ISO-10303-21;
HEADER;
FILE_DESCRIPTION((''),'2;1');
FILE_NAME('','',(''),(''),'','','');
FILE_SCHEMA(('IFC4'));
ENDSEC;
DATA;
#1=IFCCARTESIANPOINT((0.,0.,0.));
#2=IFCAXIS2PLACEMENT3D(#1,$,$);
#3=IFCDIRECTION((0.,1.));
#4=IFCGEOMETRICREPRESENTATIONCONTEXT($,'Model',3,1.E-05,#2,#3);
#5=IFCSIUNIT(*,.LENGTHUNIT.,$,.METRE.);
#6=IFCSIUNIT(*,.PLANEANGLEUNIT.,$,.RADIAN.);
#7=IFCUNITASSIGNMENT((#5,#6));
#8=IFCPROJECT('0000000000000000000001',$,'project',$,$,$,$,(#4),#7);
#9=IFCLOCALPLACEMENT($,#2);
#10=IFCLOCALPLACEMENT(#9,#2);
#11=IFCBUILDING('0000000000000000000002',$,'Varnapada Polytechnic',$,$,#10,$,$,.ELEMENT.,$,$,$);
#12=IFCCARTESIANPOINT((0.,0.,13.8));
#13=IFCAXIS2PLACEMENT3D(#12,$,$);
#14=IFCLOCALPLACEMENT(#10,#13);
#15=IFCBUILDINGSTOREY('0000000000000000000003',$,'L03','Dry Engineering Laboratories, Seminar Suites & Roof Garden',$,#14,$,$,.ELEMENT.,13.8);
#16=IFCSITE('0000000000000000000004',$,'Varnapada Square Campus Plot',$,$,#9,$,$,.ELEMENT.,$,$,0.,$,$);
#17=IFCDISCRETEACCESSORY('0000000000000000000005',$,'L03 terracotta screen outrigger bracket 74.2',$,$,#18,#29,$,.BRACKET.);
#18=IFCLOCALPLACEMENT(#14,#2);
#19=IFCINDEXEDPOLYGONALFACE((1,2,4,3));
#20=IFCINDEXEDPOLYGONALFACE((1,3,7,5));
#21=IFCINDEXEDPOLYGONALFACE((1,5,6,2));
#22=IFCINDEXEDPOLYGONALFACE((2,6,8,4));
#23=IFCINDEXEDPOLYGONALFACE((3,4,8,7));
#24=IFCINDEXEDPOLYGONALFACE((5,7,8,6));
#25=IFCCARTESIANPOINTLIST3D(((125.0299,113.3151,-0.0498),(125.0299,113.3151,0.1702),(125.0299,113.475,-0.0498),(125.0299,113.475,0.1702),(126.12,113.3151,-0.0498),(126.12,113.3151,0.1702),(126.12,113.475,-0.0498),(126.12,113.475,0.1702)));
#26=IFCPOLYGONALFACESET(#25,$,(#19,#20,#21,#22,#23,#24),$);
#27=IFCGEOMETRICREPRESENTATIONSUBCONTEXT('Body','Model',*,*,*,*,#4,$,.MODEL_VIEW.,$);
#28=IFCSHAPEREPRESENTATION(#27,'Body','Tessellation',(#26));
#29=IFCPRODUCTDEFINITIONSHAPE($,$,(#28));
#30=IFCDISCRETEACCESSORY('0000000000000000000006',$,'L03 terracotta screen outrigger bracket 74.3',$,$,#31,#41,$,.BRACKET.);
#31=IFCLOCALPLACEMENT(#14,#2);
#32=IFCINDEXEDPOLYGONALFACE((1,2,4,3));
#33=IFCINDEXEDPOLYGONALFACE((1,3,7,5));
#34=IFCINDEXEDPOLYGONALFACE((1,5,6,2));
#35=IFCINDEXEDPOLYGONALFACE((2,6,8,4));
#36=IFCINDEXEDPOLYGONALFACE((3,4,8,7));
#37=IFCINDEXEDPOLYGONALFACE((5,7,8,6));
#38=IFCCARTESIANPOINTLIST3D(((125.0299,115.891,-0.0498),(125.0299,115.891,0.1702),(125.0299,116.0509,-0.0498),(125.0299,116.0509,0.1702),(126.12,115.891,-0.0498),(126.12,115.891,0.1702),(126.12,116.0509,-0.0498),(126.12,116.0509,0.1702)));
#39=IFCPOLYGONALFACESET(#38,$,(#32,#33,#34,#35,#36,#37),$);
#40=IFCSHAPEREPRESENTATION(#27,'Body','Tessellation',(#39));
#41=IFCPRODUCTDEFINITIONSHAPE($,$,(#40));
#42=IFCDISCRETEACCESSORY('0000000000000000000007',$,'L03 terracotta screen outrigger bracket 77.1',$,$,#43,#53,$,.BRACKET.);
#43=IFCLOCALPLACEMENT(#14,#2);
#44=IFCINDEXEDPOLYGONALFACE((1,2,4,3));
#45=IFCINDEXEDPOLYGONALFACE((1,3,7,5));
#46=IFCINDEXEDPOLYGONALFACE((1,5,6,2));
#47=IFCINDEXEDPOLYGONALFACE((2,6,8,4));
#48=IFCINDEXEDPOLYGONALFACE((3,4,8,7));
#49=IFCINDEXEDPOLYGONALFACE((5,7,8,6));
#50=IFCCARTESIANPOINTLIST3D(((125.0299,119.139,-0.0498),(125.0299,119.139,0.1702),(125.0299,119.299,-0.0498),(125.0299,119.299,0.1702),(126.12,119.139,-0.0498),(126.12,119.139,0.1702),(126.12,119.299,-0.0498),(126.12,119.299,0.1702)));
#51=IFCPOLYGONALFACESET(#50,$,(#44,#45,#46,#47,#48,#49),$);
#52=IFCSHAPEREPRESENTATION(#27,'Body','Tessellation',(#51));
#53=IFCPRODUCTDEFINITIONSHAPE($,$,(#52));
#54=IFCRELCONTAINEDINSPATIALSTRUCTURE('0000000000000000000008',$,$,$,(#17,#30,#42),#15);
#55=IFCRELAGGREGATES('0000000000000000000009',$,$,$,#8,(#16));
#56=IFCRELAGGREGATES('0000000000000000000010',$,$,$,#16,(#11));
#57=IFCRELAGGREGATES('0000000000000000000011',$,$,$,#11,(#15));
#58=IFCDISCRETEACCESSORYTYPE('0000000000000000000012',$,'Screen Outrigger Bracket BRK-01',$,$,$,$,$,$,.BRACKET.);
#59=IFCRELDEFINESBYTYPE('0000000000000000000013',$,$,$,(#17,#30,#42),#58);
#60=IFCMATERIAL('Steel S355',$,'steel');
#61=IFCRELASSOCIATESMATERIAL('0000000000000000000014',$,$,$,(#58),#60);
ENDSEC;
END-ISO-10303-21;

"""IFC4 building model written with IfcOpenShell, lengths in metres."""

from ifc_helpers import new_model, si_unit, direction, frame, origin, origin_2d, place, context, subcontext, project, spatial, rectangle, extrude, material, type_object, element, save


model = new_model("IFC4")

# Units and contexts
model_context = context("Model", 3, precision=1e-05, world=origin(), true_north=direction((0.0, 1.0)))
body_context = subcontext(model_context, "Body", "Model", "MODEL_VIEW")
ifc_project = project(units=[si_unit("LENGTHUNIT", "METRE"), si_unit("PLANEANGLEUNIT", "RADIAN")], contexts=[model_context])

# Site, building, storey
site_placement = place(None, origin())
site = spatial("IfcSite", under=ifc_project, at=site_placement, Name="Varnapada Square Campus Plot", CompositionType="ELEMENT", RefElevation=0.0)
building_placement = place(site_placement, origin())
building = spatial("IfcBuilding", under=site, at=building_placement, Name="Varnapada Polytechnic", CompositionType="ELEMENT")
storey_placement = place(building_placement, frame((0.0, 0.0, 13.8)))
storey = spatial("IfcBuildingStorey", under=building, at=storey_placement, Name="L03", Description="Dry Engineering Laboratories, Seminar Suites & Roof Garden", CompositionType="ELEMENT", Elevation=13.8)

# Discrete accessories
ifc_material_1 = material(Name="Steel S355", Category="steel")
discrete_accessory_type = type_object("IfcDiscreteAccessoryType", Name="Screen Outrigger Bracket BRK-01", PredefinedType="BRACKET", material=ifc_material_1)
for number, where, z_axis, x_axis, name in (
    (1, (125.575, 113.395, -0.0498), (0.0, 0.0, 1.0), (0.0, 1.0, 0.0), "L03 terracotta screen outrigger bracket 74.2"),
    (2, (125.575, 115.9709, -0.0498), (0.0, 0.0, 1.0), (0.0, 1.0, 0.0), "L03 terracotta screen outrigger bracket 74.3"),
    (3, (125.575, 119.219, -0.0498), (0.0, 0.0, 1.0), (0.0, 1.0, 0.0), "L03 terracotta screen outrigger bracket 77.1"),
):
    element("IfcDiscreteAccessory", number, at=place(storey_placement, frame(where, z_axis=z_axis, x_axis=x_axis)), inside=storey, type_object=discrete_accessory_type, Name=name, PredefinedType="BRACKET", context=body_context, shape_type="SweptSolid", body=[
        extrude(rectangle(XDim=0.1599, YDim=1.0901, at=origin_2d()), origin(), (0.0, 0.0, 1.0), 0.22),
    ])

save(model, "model.ifc")
